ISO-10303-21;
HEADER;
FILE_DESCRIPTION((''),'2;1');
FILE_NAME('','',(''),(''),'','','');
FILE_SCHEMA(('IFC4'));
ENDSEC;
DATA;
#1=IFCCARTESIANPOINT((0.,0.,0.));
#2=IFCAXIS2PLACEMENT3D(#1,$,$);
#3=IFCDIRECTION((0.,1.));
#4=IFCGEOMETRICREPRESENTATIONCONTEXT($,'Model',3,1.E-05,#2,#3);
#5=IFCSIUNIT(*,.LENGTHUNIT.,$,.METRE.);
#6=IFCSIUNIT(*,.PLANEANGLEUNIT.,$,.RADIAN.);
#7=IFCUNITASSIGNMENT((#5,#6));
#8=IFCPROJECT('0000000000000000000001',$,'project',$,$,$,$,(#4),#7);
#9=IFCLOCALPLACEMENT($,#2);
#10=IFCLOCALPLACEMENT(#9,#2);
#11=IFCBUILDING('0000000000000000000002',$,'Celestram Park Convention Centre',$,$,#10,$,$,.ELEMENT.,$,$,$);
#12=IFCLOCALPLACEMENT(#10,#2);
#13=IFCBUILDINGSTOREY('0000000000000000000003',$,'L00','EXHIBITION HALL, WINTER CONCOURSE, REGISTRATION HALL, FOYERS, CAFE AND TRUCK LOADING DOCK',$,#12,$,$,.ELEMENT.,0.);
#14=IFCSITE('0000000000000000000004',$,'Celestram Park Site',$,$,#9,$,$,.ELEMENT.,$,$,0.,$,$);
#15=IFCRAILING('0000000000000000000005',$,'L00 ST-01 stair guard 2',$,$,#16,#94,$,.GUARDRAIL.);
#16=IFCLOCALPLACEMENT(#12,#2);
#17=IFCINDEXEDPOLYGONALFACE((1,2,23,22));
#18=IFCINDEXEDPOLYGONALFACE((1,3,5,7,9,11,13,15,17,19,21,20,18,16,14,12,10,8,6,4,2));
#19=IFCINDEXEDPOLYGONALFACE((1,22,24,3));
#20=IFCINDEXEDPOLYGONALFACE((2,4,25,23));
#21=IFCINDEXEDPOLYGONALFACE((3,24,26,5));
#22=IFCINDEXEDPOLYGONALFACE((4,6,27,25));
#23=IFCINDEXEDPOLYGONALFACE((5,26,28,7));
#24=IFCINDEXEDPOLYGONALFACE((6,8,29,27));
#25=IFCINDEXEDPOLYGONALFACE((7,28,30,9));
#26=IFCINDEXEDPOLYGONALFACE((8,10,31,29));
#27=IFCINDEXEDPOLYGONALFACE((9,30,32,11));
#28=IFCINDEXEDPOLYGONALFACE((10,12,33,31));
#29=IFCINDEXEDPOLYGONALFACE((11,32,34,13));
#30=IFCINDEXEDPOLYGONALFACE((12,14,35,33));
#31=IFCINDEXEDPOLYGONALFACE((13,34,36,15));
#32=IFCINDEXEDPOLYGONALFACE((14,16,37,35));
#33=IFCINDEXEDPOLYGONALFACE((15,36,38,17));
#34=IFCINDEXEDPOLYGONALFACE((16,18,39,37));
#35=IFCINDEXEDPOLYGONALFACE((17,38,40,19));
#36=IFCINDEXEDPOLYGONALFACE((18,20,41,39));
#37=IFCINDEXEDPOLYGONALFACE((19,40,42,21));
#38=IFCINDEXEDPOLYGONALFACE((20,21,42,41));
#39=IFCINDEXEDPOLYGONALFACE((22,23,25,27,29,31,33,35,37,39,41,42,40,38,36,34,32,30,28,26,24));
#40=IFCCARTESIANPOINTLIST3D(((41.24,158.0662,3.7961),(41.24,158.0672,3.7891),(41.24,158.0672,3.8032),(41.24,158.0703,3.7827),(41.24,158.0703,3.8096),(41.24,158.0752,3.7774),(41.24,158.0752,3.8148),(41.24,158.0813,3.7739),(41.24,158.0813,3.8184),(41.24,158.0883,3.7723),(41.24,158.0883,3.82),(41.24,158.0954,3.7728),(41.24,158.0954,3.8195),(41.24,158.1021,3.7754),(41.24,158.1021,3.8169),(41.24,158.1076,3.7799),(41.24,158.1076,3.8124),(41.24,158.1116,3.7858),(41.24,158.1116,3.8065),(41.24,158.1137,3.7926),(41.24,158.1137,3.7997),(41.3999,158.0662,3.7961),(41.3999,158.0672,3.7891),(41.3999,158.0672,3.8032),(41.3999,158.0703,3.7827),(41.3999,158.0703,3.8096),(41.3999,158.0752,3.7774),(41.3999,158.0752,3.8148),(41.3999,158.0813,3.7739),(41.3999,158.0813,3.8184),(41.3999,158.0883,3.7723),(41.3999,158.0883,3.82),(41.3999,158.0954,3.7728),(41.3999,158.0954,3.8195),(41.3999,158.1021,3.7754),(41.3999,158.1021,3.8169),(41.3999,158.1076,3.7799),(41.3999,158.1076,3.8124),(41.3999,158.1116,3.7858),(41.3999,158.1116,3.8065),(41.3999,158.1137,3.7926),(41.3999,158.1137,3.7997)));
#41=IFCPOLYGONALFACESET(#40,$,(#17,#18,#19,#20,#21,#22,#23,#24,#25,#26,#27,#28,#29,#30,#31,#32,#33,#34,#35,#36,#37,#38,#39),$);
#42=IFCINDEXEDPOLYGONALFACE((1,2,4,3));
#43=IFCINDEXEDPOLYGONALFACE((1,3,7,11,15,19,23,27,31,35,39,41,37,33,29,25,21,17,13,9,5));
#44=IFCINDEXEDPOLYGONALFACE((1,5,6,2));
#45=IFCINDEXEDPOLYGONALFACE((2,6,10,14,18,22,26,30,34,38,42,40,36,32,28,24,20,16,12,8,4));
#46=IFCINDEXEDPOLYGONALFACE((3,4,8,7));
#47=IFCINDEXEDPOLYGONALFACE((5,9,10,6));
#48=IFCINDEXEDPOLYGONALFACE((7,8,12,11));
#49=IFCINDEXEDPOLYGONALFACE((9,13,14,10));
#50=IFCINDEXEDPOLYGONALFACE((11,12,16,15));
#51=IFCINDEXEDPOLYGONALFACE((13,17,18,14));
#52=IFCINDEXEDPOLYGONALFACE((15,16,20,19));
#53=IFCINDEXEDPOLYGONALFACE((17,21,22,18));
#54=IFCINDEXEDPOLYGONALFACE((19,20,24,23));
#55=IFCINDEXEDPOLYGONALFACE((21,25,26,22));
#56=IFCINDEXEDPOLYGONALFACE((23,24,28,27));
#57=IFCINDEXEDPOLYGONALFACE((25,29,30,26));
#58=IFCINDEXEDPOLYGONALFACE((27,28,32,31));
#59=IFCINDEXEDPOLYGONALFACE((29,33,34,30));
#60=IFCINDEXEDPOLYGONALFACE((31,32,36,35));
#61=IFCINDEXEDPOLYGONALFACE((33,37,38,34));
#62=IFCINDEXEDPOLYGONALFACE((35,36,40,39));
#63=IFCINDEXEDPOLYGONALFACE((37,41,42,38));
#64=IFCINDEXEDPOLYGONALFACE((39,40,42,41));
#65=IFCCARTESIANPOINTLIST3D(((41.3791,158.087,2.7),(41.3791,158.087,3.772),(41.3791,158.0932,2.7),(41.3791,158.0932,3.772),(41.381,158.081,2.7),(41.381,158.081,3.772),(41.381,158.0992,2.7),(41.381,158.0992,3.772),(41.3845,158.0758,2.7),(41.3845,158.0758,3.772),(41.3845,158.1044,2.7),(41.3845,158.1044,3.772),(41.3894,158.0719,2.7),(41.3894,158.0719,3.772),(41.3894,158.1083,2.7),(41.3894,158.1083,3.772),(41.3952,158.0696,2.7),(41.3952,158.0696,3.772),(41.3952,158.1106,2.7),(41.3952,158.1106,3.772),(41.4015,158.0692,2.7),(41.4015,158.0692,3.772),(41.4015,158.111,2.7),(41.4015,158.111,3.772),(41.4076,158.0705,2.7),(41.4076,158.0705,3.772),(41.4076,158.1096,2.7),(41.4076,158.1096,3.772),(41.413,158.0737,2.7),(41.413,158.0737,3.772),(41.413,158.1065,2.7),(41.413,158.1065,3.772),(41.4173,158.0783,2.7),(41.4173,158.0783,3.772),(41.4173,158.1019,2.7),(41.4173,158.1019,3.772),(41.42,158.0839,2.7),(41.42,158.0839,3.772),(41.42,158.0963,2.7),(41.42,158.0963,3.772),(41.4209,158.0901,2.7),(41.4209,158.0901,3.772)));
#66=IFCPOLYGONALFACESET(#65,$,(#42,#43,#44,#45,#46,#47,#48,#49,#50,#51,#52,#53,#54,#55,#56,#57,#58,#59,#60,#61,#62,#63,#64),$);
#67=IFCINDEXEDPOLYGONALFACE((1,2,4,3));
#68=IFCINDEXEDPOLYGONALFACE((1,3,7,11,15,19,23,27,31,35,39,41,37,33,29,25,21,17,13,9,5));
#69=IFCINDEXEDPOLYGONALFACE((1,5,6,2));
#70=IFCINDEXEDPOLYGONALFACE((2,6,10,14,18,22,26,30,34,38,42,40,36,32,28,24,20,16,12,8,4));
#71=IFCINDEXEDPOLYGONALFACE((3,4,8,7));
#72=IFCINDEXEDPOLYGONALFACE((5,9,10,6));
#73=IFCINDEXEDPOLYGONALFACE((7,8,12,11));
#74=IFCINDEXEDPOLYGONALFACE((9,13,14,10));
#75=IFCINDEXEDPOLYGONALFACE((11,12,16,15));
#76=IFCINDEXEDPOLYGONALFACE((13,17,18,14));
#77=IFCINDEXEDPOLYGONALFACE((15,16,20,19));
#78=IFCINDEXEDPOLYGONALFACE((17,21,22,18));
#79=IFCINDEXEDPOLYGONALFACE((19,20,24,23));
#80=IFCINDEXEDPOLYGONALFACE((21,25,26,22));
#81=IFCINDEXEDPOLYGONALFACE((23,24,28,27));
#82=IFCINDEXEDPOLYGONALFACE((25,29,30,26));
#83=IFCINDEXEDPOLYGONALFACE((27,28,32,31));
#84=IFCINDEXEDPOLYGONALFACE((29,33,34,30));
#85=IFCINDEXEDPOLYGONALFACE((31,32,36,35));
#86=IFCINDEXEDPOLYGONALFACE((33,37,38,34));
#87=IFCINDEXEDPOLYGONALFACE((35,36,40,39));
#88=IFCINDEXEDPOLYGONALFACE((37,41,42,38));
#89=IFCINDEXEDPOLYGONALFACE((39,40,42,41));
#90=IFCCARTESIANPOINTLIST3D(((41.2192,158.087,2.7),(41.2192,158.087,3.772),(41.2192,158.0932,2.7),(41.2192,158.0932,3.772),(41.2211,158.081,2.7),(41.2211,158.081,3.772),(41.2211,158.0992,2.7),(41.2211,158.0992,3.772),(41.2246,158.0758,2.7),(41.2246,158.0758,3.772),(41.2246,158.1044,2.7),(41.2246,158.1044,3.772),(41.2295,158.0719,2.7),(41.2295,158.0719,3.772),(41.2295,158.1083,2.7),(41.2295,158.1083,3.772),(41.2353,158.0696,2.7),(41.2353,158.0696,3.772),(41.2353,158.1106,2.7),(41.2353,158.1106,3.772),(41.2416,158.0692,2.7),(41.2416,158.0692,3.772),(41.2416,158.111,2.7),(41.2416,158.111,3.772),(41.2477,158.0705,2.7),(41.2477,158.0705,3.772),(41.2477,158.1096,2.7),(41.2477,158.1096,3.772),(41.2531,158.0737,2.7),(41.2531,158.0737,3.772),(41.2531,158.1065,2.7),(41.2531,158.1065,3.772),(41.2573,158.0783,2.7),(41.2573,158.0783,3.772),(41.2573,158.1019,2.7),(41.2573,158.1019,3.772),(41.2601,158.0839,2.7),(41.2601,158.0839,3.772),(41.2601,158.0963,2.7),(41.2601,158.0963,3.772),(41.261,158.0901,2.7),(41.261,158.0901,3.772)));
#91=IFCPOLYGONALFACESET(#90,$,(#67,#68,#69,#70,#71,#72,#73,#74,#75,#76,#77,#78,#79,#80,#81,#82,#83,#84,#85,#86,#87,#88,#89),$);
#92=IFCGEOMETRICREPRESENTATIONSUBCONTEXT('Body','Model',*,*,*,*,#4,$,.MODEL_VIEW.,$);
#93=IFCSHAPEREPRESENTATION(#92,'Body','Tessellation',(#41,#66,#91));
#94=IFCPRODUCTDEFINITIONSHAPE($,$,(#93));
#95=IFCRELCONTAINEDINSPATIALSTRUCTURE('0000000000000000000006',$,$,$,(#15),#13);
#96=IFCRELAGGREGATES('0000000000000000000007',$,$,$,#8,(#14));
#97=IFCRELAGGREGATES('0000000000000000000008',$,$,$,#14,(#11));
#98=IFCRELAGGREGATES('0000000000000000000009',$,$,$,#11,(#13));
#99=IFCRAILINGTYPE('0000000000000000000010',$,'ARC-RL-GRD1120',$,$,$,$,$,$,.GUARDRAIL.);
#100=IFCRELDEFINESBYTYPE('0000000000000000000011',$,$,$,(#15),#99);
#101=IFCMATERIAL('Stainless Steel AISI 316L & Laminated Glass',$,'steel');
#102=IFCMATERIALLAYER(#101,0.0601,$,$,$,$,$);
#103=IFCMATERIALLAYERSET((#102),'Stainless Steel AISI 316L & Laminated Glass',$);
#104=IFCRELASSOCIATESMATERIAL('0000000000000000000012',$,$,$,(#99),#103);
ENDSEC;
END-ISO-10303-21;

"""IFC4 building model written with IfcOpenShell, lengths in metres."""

from ifc_helpers import new_model, si_unit, direction, frame, origin, origin_2d, place, context, subcontext, project, spatial, circle, extrude, material, layer, layer_set, type_object, element, save


model = new_model("IFC4")

# Units and contexts
model_context = context("Model", 3, precision=1e-05, world=origin(), true_north=direction((0.0, 1.0)))
body_context = subcontext(model_context, "Body", "Model", "MODEL_VIEW")
ifc_project = project(units=[si_unit("LENGTHUNIT", "METRE"), si_unit("PLANEANGLEUNIT", "RADIAN")], contexts=[model_context])

# Site, building, storey
site_placement = place(None, origin())
site = spatial("IfcSite", under=ifc_project, at=site_placement, Name="Celestram Park Site", CompositionType="ELEMENT", RefElevation=0.0)
building_placement = place(site_placement, origin())
building = spatial("IfcBuilding", under=site, at=building_placement, Name="Celestram Park Convention Centre", CompositionType="ELEMENT")
storey_placement = place(building_placement, origin())
storey = spatial("IfcBuildingStorey", under=building, at=storey_placement, Name="L00", Description="EXHIBITION HALL, WINTER CONCOURSE, REGISTRATION HALL, FOYERS, CAFE AND TRUCK LOADING DOCK", CompositionType="ELEMENT", Elevation=0.0)

# Railing
ifc_material_1 = material(Name="Stainless Steel AISI 316L & Laminated Glass", Category="steel")
ifc_layer_1 = layer(ifc_material_1, 0.0601)
ifc_layer_set_1 = layer_set([ifc_layer_1], Name="Stainless Steel AISI 316L & Laminated Glass")
railing_type_1 = type_object("IfcRailingType", Name="ARC-RL-GRD1120", PredefinedType="GUARDRAIL", material=ifc_layer_set_1)
railing_1_placement = place(storey_placement, frame((41.3999, 158.0901, 2.7)))
element("IfcRailing", 1, at=railing_1_placement, inside=storey, type_object=railing_type_1, Name="L00 ST-01 stair guard 2", PredefinedType="GUARDRAIL", context=body_context, shape_type="SweptSolid", body=[
    extrude(circle(Radius=0.0239, at=origin_2d()), frame((0.0, 0.0, 1.0962), z_axis=(-1.0, 0.0, 0.0), x_axis=(0.0, -1.0, 0.0)), (0.0, 0.0, 1.0), 0.1599),
    extrude(circle(Radius=0.021, at=origin_2d()), origin(), (0.0, 0.0, 1.0), 1.072),
    extrude(circle(Radius=0.021, at=origin_2d()), frame((-0.1599, 0.0, 0.0)), (0.0, 0.0, 1.0), 1.072),
])

save(model, "model.ifc")
